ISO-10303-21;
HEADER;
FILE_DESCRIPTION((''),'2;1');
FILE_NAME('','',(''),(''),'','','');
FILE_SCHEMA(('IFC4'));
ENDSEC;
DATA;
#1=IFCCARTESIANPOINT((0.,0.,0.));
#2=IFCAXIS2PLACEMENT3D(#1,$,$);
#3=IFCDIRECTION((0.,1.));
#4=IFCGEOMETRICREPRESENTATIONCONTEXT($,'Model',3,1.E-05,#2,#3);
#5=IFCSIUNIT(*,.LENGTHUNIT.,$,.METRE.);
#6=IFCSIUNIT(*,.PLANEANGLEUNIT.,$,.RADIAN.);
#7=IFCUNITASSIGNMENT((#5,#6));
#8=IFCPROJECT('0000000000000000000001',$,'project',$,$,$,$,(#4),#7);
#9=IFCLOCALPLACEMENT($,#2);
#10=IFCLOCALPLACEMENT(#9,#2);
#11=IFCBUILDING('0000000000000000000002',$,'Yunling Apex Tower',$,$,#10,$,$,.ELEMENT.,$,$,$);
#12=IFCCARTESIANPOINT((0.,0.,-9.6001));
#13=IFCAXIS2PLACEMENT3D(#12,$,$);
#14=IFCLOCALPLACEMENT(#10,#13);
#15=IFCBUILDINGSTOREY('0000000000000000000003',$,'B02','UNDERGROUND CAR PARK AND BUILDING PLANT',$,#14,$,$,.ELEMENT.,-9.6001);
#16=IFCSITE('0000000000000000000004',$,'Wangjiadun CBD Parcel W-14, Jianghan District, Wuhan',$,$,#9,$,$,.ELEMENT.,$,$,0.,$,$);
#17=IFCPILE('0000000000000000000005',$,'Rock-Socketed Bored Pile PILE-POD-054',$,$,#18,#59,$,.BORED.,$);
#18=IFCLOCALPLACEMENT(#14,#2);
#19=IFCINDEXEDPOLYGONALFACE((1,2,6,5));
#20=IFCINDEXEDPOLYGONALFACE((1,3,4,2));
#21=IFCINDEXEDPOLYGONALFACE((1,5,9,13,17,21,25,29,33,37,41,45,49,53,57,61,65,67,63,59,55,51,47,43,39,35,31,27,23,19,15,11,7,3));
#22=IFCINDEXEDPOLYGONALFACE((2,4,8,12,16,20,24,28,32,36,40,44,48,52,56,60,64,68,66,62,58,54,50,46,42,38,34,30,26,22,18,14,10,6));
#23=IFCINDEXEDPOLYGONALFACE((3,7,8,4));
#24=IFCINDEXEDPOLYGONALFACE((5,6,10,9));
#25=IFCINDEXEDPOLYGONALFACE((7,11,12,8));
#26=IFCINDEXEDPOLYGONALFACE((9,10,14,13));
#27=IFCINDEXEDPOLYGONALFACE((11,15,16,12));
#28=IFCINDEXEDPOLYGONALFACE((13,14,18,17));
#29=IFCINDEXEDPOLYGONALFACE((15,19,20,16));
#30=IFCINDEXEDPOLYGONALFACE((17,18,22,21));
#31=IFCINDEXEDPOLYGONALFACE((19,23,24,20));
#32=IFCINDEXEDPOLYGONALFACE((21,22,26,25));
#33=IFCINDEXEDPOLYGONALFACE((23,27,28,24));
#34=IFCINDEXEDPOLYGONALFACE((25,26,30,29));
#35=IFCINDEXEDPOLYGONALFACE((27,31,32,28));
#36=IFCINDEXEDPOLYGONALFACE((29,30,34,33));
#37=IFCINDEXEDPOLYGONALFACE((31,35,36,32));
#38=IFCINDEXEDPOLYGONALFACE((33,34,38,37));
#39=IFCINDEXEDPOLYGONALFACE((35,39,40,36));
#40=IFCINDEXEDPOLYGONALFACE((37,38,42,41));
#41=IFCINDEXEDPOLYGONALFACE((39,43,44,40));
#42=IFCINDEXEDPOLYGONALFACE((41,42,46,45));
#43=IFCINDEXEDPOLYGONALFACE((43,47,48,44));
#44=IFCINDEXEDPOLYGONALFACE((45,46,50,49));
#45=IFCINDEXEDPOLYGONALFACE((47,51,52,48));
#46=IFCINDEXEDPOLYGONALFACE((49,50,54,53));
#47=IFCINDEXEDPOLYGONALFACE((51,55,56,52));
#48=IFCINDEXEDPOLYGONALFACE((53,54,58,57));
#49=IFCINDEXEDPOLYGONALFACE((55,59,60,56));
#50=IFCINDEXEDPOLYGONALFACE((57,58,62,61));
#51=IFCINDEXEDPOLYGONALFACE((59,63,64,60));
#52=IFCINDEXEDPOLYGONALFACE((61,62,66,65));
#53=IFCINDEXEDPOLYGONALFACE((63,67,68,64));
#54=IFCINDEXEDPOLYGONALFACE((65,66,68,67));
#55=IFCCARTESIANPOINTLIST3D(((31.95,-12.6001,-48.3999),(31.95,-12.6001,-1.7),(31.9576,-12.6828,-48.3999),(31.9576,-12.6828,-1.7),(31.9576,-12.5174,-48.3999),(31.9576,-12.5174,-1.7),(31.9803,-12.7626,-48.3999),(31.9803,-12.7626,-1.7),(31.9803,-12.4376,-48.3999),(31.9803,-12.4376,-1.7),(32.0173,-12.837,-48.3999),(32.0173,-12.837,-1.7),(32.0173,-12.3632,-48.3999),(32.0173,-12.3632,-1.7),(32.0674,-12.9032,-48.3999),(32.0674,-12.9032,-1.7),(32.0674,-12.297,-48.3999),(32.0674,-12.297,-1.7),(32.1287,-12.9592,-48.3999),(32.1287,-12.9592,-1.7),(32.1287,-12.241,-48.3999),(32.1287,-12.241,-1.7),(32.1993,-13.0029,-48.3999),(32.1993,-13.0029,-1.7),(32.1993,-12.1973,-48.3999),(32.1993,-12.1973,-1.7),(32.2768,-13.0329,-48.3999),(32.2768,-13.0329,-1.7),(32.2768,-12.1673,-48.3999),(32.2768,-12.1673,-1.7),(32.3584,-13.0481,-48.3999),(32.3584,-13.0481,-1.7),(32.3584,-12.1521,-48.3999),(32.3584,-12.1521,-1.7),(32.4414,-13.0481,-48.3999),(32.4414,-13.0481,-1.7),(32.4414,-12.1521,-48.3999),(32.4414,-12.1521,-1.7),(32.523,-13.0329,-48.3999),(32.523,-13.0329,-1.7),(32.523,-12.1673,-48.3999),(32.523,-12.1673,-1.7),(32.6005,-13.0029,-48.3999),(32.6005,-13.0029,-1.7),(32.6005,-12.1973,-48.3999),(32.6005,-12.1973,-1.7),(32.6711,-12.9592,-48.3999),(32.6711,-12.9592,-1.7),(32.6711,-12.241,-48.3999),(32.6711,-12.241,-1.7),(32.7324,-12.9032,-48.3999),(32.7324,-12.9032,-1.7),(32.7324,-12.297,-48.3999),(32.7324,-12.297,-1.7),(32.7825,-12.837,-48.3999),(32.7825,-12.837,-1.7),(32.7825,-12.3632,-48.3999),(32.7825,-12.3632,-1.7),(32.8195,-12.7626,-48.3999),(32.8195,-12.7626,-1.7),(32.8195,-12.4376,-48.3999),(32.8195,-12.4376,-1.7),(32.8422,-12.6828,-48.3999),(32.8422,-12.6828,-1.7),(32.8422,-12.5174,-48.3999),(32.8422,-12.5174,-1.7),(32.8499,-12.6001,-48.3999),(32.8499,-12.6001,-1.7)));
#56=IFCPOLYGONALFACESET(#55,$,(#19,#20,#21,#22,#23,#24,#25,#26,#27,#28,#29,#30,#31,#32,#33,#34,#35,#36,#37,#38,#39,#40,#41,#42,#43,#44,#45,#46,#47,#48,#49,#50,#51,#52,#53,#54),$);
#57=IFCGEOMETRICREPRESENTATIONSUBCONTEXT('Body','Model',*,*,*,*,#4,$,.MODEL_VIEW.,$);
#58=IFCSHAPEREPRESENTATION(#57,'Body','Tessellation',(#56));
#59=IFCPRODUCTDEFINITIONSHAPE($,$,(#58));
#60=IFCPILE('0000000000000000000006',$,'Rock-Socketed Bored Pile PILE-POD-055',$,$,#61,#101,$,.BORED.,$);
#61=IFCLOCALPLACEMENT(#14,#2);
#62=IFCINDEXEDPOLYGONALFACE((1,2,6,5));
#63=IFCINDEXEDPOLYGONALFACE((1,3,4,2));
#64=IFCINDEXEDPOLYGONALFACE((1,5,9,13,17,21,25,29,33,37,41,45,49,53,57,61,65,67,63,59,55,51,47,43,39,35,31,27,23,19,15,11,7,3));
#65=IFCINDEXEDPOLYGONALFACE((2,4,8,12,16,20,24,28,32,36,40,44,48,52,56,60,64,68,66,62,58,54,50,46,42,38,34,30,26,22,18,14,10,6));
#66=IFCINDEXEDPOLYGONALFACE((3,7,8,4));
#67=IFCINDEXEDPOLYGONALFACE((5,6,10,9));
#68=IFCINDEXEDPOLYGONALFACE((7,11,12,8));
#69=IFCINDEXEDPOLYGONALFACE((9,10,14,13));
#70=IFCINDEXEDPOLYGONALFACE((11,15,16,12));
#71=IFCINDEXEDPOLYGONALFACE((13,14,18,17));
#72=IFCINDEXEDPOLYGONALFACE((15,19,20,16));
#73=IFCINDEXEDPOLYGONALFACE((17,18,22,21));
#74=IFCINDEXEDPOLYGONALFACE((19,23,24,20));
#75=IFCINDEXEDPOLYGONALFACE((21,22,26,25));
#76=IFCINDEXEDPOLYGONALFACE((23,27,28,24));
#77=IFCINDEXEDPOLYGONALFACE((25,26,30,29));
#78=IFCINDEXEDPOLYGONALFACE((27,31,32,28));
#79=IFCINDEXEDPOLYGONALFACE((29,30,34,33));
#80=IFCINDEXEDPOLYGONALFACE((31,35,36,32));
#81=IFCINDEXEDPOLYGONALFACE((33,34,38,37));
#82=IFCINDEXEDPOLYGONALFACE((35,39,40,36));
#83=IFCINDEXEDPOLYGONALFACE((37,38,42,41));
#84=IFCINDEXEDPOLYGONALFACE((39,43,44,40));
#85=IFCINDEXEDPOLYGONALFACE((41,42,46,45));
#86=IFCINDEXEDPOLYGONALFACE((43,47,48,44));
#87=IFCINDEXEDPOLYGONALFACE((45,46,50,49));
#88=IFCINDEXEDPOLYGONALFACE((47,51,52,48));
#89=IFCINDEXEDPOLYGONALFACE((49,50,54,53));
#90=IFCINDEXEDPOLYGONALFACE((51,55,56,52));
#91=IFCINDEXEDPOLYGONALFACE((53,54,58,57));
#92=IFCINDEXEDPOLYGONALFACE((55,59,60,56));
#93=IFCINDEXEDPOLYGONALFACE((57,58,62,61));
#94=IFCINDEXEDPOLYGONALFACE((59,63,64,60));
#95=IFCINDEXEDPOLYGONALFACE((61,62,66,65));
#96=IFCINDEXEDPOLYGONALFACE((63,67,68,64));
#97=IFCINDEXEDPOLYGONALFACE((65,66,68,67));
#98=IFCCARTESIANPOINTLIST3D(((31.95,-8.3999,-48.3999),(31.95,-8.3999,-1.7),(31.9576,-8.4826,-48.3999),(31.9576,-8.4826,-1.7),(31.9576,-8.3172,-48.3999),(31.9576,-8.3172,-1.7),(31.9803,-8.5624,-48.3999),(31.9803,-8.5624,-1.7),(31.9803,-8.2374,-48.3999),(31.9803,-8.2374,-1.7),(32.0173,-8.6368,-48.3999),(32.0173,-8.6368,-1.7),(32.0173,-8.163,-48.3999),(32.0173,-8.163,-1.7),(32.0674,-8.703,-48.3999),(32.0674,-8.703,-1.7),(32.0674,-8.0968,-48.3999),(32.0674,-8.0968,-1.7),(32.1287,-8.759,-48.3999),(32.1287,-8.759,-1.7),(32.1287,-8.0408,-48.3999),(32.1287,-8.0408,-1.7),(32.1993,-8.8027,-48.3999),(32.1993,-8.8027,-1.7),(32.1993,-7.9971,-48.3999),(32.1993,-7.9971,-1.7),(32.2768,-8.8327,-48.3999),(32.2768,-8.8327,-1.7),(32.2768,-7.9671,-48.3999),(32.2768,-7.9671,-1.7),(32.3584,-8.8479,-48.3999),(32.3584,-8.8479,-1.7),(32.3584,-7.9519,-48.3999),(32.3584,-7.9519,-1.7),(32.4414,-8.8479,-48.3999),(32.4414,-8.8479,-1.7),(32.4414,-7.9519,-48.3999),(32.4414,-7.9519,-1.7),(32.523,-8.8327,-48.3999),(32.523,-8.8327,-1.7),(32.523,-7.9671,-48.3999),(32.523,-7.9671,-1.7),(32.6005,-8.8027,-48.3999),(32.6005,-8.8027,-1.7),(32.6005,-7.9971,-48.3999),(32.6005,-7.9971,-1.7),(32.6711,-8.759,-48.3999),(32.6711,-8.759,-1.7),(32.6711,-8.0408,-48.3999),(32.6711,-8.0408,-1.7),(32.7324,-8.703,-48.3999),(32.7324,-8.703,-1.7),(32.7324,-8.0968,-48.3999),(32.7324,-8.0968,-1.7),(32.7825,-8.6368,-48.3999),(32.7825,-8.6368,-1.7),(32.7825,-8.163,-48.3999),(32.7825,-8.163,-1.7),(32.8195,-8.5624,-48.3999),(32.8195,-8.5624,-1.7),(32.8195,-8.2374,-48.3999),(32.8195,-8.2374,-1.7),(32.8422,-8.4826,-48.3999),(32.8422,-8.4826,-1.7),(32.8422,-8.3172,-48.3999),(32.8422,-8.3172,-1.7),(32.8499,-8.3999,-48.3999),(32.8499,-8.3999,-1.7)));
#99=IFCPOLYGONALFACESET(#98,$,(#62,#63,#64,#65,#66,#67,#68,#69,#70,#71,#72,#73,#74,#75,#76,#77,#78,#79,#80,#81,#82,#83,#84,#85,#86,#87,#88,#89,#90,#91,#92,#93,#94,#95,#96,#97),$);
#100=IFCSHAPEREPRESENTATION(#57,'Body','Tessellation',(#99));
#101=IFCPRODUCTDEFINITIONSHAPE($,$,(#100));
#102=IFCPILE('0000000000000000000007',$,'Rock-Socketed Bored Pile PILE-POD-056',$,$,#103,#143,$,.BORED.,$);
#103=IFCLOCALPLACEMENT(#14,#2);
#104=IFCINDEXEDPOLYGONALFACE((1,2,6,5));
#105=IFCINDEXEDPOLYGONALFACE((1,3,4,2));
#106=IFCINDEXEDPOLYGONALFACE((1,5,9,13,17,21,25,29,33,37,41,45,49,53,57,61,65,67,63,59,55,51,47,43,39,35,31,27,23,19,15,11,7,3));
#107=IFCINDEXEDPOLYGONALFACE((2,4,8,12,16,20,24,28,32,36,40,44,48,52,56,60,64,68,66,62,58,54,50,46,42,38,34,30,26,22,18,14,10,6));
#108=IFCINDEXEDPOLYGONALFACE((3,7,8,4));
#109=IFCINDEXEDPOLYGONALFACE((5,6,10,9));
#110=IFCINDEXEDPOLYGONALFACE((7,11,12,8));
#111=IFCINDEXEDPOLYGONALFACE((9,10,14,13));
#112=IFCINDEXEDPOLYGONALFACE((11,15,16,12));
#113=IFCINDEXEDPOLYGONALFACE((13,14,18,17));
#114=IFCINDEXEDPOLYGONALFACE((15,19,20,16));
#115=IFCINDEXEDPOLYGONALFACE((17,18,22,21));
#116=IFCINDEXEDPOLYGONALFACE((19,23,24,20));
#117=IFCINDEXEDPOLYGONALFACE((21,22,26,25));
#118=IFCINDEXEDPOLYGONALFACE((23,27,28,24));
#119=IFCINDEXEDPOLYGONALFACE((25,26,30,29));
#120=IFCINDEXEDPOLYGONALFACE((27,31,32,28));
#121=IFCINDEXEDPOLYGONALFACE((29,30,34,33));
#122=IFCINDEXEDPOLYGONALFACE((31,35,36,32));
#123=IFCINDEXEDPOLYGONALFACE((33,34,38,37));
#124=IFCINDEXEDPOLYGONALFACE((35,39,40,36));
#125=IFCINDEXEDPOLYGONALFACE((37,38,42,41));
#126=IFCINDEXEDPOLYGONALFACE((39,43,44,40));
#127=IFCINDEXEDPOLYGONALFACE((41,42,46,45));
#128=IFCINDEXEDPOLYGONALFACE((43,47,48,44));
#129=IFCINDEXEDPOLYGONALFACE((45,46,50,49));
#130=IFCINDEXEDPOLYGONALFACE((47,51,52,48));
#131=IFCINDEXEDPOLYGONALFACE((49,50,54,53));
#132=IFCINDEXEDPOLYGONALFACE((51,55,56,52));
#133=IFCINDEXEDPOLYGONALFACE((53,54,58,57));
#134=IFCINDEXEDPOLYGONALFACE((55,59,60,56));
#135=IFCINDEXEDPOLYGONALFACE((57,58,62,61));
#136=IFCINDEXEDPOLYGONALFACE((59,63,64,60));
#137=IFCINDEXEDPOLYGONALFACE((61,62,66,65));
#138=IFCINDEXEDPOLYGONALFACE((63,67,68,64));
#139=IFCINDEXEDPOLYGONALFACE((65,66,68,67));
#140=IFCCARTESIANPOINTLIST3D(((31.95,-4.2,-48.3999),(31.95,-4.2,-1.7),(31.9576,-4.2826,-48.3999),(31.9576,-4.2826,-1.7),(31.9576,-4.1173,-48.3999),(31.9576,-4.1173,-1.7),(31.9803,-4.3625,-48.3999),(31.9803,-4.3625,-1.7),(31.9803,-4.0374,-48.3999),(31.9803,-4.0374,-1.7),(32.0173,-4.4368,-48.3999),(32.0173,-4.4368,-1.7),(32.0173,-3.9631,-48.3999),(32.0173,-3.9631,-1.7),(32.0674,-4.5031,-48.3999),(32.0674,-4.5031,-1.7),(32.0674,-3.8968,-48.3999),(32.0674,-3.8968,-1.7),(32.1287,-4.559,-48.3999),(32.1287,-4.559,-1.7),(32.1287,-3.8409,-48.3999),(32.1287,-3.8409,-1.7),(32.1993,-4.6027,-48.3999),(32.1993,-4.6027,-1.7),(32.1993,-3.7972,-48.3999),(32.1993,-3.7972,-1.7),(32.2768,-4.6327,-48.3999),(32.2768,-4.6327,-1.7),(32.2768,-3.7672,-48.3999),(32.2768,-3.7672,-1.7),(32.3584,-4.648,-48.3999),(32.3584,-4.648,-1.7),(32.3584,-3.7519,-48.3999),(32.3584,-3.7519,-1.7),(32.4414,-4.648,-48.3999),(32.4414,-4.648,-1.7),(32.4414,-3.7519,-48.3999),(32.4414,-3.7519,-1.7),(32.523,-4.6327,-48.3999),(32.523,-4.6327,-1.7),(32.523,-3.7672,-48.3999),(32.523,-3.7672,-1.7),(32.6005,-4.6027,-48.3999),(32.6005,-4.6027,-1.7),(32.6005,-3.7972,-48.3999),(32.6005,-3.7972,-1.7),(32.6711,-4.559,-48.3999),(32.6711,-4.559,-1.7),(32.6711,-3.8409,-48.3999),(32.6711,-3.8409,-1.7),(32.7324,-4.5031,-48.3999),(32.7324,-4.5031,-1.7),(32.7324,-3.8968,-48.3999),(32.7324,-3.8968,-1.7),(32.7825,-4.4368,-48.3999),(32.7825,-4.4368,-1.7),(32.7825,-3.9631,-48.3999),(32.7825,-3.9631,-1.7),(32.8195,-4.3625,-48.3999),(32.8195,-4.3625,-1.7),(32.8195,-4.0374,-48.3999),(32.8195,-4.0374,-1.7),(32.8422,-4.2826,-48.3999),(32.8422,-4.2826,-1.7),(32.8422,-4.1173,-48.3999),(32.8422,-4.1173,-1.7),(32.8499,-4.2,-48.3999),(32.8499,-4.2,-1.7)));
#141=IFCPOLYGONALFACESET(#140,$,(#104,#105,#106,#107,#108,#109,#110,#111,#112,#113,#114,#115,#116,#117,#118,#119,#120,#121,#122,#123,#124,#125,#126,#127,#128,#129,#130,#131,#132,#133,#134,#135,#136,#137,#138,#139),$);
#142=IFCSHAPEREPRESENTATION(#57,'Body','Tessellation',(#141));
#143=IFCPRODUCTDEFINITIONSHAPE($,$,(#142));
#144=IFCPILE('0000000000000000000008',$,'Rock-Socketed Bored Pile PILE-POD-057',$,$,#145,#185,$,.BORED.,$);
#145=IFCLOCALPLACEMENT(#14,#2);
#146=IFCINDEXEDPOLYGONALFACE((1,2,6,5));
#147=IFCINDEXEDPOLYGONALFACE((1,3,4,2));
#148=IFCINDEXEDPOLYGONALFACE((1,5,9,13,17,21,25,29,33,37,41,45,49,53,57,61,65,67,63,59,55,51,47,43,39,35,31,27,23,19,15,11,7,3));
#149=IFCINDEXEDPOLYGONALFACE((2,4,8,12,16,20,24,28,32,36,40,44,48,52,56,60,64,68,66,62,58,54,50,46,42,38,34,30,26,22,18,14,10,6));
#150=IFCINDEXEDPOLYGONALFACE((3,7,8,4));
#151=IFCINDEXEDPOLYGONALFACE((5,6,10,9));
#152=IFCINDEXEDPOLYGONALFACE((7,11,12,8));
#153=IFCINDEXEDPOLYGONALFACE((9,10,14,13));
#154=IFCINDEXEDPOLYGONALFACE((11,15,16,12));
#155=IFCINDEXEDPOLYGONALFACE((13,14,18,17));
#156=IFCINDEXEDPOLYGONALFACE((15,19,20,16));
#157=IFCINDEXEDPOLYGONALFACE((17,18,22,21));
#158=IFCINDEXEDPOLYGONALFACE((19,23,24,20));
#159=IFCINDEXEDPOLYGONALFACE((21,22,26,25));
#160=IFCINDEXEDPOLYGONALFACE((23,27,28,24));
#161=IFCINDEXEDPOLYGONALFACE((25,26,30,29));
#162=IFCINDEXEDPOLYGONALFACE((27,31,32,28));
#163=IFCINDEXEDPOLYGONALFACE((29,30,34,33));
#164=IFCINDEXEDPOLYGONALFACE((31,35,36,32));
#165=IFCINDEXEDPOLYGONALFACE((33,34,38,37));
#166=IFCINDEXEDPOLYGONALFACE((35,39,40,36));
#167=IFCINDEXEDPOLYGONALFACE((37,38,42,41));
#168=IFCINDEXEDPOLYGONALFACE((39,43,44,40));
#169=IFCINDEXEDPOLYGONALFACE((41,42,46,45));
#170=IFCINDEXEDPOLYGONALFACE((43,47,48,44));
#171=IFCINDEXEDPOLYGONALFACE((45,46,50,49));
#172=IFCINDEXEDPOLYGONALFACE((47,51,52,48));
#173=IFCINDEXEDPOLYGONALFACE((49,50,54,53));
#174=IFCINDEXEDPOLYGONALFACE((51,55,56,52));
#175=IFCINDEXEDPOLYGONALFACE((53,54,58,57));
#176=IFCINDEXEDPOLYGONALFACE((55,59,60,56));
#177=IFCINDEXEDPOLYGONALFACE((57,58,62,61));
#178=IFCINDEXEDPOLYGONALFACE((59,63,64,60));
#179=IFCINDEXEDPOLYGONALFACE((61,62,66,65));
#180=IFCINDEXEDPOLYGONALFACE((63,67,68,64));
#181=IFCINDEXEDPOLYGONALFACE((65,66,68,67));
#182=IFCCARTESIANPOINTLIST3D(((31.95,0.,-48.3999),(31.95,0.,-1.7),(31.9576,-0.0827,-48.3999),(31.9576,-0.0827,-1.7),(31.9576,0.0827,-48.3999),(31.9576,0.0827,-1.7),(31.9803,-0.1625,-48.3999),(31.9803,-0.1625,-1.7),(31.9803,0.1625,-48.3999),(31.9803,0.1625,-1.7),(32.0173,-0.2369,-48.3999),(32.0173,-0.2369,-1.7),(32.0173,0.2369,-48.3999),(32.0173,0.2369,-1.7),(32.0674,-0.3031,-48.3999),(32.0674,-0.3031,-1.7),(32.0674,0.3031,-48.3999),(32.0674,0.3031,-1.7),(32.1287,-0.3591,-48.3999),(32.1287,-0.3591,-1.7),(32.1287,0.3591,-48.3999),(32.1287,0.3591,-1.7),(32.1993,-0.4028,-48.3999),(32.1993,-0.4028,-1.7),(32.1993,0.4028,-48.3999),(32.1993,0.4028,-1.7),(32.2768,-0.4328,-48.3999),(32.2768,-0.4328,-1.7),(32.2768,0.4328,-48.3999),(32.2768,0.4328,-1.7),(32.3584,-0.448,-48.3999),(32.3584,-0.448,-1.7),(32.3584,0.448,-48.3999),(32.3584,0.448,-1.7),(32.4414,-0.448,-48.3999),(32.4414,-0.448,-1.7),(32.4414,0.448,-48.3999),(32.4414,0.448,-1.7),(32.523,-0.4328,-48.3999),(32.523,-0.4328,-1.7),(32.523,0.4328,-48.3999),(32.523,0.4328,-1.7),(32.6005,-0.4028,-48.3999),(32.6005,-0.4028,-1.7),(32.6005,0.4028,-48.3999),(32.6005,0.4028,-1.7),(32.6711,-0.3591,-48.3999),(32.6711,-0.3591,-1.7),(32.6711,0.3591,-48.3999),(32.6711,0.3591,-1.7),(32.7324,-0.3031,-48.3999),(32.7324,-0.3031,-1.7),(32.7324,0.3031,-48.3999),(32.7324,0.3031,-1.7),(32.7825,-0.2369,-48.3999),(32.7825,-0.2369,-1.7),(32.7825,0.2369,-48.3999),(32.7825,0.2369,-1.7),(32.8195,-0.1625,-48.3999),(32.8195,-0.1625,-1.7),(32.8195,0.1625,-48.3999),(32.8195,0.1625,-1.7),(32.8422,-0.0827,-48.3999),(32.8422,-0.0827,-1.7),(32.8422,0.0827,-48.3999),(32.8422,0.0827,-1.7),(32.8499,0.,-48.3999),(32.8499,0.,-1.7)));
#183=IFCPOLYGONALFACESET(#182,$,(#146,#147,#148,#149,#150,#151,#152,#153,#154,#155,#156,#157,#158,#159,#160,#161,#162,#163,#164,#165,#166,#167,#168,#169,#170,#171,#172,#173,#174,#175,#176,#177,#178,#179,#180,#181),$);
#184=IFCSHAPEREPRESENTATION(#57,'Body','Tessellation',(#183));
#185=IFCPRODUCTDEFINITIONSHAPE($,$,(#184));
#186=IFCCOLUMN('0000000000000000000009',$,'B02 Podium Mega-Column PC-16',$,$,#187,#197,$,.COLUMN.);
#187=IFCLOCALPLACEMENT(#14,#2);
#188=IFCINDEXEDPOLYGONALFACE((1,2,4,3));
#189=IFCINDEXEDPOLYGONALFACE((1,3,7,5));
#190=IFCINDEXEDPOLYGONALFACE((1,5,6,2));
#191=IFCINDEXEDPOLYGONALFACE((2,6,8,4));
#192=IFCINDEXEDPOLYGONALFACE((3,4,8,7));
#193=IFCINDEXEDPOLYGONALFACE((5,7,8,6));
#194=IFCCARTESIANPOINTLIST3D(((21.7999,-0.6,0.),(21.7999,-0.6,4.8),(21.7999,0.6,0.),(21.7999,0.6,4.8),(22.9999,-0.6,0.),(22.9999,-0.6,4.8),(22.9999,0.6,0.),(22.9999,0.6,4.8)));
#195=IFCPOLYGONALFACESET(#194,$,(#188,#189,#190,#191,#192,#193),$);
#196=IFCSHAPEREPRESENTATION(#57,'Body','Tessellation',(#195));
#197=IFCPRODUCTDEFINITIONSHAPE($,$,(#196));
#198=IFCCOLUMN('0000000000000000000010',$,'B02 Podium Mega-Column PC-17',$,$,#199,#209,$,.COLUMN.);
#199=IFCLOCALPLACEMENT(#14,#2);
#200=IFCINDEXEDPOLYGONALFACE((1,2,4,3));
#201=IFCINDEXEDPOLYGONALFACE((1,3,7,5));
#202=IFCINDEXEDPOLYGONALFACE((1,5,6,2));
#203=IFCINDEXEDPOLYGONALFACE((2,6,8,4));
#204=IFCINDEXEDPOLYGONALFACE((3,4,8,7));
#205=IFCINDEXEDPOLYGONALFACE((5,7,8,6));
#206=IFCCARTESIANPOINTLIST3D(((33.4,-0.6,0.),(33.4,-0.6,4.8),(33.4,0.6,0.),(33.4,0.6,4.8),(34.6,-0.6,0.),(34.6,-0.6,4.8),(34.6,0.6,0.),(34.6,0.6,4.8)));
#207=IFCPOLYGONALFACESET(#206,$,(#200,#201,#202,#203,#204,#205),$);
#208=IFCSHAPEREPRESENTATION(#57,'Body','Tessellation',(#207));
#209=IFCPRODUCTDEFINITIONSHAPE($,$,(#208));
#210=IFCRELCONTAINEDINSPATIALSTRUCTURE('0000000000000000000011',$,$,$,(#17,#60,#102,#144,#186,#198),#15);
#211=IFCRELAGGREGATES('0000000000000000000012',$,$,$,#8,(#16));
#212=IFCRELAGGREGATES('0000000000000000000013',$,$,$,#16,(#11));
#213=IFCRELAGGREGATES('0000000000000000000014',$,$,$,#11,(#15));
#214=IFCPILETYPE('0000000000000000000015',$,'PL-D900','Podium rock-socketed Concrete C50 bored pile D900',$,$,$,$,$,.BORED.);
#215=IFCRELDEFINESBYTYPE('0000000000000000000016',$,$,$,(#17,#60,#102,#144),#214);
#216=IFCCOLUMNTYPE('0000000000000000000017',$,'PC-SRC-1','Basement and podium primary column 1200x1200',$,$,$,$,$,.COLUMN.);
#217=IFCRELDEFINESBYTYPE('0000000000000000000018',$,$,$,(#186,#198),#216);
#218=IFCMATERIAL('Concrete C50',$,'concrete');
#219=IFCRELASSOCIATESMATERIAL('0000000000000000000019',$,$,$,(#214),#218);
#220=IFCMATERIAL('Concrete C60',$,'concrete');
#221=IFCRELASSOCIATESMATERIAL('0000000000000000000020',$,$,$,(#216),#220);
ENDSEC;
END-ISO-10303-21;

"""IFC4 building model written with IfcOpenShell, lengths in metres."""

from ifc_helpers import new_model, si_unit, direction, frame, origin, origin_2d, place, context, subcontext, project, spatial, rectangle, circle, extrude, source, transform, mapped, material, material_profile, profile_set, type_object, element, save


model = new_model("IFC4")

# Units and contexts
model_context = context("Model", 3, precision=1e-05, world=origin(), true_north=direction((0.0, 1.0)))
body_context = subcontext(model_context, "Body", "Model", "MODEL_VIEW")
ifc_project = project(units=[si_unit("LENGTHUNIT", "METRE"), si_unit("PLANEANGLEUNIT", "RADIAN")], contexts=[model_context])

# Site, building, storey
site_placement = place(None, origin())
site = spatial("IfcSite", under=ifc_project, at=site_placement, Name="Wangjiadun CBD Parcel W-14, Jianghan District, Wuhan", CompositionType="ELEMENT", RefElevation=0.0)
building_placement = place(site_placement, origin())
building = spatial("IfcBuilding", under=site, at=building_placement, Name="Yunling Apex Tower", CompositionType="ELEMENT")
storey_placement = place(building_placement, frame((0.0, 0.0, -9.6001)))
storey = spatial("IfcBuildingStorey", under=building, at=storey_placement, Name="B02", Description="UNDERGROUND CAR PARK AND BUILDING PLANT", CompositionType="ELEMENT", Elevation=-9.6001)

# Shared definitions
ifc_material_1 = material(Name="Concrete C50", Category="concrete")

# Piles
ifc_material_profile_1 = material_profile(ifc_material_1, circle(Radius=0.45, at=origin_2d()))
ifc_profile_set_1 = profile_set([ifc_material_profile_1], Name="Concrete C50")
pile_type_1 = type_object("IfcPileType", Name="PL-D900", Description="Podium rock-socketed Concrete C50 bored pile D900", PredefinedType="BORED", material=ifc_profile_set_1)
shared_shape_1 = source(origin(), body_context, "Body", "SweptSolid", [
    extrude(circle(Radius=0.45, at=origin_2d()), origin(), (0.0, 0.0, 1.0), 46.7),
])
for number, where, z_axis, x_axis, name in (
    (1, (32.3999, -12.6001, -1.7), (0.0, 0.0, -1.0), (1.0, 0.0, 0.0), "Rock-Socketed Bored Pile PILE-POD-054"),
    (2, (32.3999, -8.3999, -1.7), (0.0, 0.0, -1.0), (1.0, 0.0, 0.0), "Rock-Socketed Bored Pile PILE-POD-055"),
    (3, (32.3999, -4.2, -1.7), (0.0, 0.0, -1.0), (1.0, 0.0, 0.0), "Rock-Socketed Bored Pile PILE-POD-056"),
    (4, (32.3999, 0.0, -1.7), (0.0, 0.0, -1.0), (1.0, 0.0, 0.0), "Rock-Socketed Bored Pile PILE-POD-057"),
):
    element("IfcPile", number, at=place(storey_placement, frame(where, z_axis=z_axis, x_axis=x_axis)), inside=storey, type_object=pile_type_1, Name=name, PredefinedType="BORED", context=body_context, shape_type="MappedRepresentation", body=[
        mapped(shared_shape_1, transform((0.0, 0.0, 0.0), scale=1.0)),
    ])

# Columns
ifc_material_2 = material(Name="Concrete C60", Category="concrete")
ifc_material_profile_2 = material_profile(ifc_material_2, rectangle(XDim=1.2, YDim=1.2, at=origin_2d()))
ifc_profile_set_2 = profile_set([ifc_material_profile_2], Name="Concrete C60")
column_type = type_object("IfcColumnType", Name="PC-SRC-1", Description="Basement and podium primary column 1200x1200", PredefinedType="COLUMN", material=ifc_profile_set_2)
shared_shape_2 = source(origin(), body_context, "Body", "SweptSolid", [
    extrude(rectangle(XDim=1.2, YDim=1.2, at=origin_2d()), origin(), (0.0, 0.0, 1.0), 4.8),
])
for number, where, z_axis, x_axis, name in (
    (5, (22.3999, 0.0, 0.0), (0.0, 0.0, 1.0), (1.0, 0.0, 0.0), "B02 Podium Mega-Column PC-16"),
    (6, (34.0, 0.0, 0.0), (0.0, 0.0, 1.0), (1.0, 0.0, 0.0), "B02 Podium Mega-Column PC-17"),
):
    element("IfcColumn", number, at=place(storey_placement, frame(where, z_axis=z_axis, x_axis=x_axis)), inside=storey, type_object=column_type, Name=name, PredefinedType="COLUMN", context=body_context, shape_type="MappedRepresentation", body=[
        mapped(shared_shape_2, transform((0.0, 0.0, 0.0), scale=1.0)),
    ])

save(model, "model.ifc")
